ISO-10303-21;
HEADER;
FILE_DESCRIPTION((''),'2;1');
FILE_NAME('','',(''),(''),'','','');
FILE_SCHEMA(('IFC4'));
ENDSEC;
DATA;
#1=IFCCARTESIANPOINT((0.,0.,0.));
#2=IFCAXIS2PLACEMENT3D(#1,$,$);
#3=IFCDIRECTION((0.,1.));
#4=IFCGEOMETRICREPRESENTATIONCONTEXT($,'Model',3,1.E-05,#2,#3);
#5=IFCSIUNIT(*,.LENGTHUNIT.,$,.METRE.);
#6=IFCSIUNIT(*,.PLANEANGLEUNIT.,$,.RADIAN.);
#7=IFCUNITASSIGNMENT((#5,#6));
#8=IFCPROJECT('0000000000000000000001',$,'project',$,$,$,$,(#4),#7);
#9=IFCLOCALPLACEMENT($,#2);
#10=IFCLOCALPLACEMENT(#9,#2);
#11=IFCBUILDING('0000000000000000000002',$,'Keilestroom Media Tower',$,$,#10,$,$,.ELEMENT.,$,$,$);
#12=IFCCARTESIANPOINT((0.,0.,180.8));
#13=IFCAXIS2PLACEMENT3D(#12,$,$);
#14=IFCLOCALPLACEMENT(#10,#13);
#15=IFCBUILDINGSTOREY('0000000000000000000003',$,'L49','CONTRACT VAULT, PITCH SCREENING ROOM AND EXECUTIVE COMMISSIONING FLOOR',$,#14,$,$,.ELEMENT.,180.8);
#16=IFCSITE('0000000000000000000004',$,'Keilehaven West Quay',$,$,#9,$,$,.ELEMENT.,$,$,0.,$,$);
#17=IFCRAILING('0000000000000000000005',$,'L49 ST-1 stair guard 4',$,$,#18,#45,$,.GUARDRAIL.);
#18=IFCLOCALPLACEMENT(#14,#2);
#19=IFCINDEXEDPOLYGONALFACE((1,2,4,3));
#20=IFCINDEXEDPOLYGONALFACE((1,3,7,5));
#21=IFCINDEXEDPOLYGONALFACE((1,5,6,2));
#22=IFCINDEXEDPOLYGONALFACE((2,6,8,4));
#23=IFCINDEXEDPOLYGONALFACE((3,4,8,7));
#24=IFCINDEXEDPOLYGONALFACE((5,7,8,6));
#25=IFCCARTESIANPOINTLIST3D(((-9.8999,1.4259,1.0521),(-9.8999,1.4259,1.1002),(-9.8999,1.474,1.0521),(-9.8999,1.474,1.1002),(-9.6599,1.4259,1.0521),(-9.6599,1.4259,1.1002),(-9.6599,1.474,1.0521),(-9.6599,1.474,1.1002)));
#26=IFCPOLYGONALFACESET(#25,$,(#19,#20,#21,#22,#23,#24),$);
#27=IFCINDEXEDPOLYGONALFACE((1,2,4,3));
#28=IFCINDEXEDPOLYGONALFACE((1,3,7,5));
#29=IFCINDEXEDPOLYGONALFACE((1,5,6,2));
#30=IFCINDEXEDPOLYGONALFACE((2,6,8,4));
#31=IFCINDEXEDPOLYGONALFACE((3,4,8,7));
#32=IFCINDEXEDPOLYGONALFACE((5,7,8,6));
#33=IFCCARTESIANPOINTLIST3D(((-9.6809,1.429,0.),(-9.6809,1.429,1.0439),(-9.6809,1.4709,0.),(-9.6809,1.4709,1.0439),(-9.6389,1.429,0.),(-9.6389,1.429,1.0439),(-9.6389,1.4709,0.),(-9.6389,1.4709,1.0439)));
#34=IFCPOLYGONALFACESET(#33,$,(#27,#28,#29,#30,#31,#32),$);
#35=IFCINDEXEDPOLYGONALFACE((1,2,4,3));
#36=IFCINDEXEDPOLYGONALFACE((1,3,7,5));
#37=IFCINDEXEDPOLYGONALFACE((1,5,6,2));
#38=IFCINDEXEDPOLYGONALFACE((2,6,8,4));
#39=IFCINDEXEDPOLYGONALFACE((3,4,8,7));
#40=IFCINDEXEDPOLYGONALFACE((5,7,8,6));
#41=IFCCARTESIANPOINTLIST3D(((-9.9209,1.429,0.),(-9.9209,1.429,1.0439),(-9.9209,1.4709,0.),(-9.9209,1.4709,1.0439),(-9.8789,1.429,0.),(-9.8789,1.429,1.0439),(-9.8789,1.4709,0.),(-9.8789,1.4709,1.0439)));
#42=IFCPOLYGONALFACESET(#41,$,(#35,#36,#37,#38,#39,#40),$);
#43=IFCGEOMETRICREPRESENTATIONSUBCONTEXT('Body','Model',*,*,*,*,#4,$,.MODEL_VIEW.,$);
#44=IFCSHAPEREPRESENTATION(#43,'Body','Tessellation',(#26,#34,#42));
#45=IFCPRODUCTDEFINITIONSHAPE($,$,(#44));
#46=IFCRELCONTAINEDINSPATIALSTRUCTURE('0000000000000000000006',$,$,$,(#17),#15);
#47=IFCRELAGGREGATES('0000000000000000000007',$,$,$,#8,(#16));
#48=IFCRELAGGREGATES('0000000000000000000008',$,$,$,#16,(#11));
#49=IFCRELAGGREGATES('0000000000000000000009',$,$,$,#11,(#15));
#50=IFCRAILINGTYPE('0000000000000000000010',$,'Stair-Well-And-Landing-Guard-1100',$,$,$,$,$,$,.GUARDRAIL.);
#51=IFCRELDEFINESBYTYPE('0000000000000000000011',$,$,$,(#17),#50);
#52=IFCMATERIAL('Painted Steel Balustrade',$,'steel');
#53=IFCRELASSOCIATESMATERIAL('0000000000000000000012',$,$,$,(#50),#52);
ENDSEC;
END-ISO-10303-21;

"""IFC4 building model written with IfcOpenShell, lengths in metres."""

from ifc_helpers import new_model, si_unit, direction, frame, origin, origin_2d, place, context, subcontext, project, spatial, rectangle, extrude, material, type_object, element, save


model = new_model("IFC4")

# Units and contexts
model_context = context("Model", 3, precision=1e-05, world=origin(), true_north=direction((0.0, 1.0)))
body_context = subcontext(model_context, "Body", "Model", "MODEL_VIEW")
ifc_project = project(units=[si_unit("LENGTHUNIT", "METRE"), si_unit("PLANEANGLEUNIT", "RADIAN")], contexts=[model_context])

# Site, building, storey
site_placement = place(None, origin())
site = spatial("IfcSite", under=ifc_project, at=site_placement, Name="Keilehaven West Quay", CompositionType="ELEMENT", RefElevation=0.0)
building_placement = place(site_placement, origin())
building = spatial("IfcBuilding", under=site, at=building_placement, Name="Keilestroom Media Tower", CompositionType="ELEMENT")
storey_placement = place(building_placement, frame((0.0, 0.0, 180.8)))
storey = spatial("IfcBuildingStorey", under=building, at=storey_placement, Name="L49", Description="CONTRACT VAULT, PITCH SCREENING ROOM AND EXECUTIVE COMMISSIONING FLOOR", CompositionType="ELEMENT", Elevation=180.8)

# Railing
ifc_material_1 = material(Name="Painted Steel Balustrade", Category="steel")
railing_type_1 = type_object("IfcRailingType", Name="Stair-Well-And-Landing-Guard-1100", PredefinedType="GUARDRAIL", material=ifc_material_1)
railing_1_placement = place(storey_placement, frame((-9.6599, 1.45, 0.0)))
element("IfcRailing", 1, at=railing_1_placement, inside=storey, type_object=railing_type_1, Name="L49 ST-1 stair guard 4", PredefinedType="GUARDRAIL", context=body_context, shape_type="SweptSolid", body=[
    extrude(rectangle(XDim=0.0481, YDim=0.0481, at=origin_2d()), frame((0.0, 0.0, 1.0762), z_axis=(-1.0, 0.0, 0.0), x_axis=(0.0, -1.0, 0.0)), (0.0, 0.0, 1.0), 0.24),
    extrude(rectangle(XDim=0.042, YDim=0.042, at=origin_2d()), origin(), (0.0, 0.0, 1.0), 1.0439),
    extrude(rectangle(XDim=0.042, YDim=0.042, at=origin_2d()), frame((-0.24, 0.0, 0.0)), (0.0, 0.0, 1.0), 1.0439),
])

save(model, "model.ifc")
